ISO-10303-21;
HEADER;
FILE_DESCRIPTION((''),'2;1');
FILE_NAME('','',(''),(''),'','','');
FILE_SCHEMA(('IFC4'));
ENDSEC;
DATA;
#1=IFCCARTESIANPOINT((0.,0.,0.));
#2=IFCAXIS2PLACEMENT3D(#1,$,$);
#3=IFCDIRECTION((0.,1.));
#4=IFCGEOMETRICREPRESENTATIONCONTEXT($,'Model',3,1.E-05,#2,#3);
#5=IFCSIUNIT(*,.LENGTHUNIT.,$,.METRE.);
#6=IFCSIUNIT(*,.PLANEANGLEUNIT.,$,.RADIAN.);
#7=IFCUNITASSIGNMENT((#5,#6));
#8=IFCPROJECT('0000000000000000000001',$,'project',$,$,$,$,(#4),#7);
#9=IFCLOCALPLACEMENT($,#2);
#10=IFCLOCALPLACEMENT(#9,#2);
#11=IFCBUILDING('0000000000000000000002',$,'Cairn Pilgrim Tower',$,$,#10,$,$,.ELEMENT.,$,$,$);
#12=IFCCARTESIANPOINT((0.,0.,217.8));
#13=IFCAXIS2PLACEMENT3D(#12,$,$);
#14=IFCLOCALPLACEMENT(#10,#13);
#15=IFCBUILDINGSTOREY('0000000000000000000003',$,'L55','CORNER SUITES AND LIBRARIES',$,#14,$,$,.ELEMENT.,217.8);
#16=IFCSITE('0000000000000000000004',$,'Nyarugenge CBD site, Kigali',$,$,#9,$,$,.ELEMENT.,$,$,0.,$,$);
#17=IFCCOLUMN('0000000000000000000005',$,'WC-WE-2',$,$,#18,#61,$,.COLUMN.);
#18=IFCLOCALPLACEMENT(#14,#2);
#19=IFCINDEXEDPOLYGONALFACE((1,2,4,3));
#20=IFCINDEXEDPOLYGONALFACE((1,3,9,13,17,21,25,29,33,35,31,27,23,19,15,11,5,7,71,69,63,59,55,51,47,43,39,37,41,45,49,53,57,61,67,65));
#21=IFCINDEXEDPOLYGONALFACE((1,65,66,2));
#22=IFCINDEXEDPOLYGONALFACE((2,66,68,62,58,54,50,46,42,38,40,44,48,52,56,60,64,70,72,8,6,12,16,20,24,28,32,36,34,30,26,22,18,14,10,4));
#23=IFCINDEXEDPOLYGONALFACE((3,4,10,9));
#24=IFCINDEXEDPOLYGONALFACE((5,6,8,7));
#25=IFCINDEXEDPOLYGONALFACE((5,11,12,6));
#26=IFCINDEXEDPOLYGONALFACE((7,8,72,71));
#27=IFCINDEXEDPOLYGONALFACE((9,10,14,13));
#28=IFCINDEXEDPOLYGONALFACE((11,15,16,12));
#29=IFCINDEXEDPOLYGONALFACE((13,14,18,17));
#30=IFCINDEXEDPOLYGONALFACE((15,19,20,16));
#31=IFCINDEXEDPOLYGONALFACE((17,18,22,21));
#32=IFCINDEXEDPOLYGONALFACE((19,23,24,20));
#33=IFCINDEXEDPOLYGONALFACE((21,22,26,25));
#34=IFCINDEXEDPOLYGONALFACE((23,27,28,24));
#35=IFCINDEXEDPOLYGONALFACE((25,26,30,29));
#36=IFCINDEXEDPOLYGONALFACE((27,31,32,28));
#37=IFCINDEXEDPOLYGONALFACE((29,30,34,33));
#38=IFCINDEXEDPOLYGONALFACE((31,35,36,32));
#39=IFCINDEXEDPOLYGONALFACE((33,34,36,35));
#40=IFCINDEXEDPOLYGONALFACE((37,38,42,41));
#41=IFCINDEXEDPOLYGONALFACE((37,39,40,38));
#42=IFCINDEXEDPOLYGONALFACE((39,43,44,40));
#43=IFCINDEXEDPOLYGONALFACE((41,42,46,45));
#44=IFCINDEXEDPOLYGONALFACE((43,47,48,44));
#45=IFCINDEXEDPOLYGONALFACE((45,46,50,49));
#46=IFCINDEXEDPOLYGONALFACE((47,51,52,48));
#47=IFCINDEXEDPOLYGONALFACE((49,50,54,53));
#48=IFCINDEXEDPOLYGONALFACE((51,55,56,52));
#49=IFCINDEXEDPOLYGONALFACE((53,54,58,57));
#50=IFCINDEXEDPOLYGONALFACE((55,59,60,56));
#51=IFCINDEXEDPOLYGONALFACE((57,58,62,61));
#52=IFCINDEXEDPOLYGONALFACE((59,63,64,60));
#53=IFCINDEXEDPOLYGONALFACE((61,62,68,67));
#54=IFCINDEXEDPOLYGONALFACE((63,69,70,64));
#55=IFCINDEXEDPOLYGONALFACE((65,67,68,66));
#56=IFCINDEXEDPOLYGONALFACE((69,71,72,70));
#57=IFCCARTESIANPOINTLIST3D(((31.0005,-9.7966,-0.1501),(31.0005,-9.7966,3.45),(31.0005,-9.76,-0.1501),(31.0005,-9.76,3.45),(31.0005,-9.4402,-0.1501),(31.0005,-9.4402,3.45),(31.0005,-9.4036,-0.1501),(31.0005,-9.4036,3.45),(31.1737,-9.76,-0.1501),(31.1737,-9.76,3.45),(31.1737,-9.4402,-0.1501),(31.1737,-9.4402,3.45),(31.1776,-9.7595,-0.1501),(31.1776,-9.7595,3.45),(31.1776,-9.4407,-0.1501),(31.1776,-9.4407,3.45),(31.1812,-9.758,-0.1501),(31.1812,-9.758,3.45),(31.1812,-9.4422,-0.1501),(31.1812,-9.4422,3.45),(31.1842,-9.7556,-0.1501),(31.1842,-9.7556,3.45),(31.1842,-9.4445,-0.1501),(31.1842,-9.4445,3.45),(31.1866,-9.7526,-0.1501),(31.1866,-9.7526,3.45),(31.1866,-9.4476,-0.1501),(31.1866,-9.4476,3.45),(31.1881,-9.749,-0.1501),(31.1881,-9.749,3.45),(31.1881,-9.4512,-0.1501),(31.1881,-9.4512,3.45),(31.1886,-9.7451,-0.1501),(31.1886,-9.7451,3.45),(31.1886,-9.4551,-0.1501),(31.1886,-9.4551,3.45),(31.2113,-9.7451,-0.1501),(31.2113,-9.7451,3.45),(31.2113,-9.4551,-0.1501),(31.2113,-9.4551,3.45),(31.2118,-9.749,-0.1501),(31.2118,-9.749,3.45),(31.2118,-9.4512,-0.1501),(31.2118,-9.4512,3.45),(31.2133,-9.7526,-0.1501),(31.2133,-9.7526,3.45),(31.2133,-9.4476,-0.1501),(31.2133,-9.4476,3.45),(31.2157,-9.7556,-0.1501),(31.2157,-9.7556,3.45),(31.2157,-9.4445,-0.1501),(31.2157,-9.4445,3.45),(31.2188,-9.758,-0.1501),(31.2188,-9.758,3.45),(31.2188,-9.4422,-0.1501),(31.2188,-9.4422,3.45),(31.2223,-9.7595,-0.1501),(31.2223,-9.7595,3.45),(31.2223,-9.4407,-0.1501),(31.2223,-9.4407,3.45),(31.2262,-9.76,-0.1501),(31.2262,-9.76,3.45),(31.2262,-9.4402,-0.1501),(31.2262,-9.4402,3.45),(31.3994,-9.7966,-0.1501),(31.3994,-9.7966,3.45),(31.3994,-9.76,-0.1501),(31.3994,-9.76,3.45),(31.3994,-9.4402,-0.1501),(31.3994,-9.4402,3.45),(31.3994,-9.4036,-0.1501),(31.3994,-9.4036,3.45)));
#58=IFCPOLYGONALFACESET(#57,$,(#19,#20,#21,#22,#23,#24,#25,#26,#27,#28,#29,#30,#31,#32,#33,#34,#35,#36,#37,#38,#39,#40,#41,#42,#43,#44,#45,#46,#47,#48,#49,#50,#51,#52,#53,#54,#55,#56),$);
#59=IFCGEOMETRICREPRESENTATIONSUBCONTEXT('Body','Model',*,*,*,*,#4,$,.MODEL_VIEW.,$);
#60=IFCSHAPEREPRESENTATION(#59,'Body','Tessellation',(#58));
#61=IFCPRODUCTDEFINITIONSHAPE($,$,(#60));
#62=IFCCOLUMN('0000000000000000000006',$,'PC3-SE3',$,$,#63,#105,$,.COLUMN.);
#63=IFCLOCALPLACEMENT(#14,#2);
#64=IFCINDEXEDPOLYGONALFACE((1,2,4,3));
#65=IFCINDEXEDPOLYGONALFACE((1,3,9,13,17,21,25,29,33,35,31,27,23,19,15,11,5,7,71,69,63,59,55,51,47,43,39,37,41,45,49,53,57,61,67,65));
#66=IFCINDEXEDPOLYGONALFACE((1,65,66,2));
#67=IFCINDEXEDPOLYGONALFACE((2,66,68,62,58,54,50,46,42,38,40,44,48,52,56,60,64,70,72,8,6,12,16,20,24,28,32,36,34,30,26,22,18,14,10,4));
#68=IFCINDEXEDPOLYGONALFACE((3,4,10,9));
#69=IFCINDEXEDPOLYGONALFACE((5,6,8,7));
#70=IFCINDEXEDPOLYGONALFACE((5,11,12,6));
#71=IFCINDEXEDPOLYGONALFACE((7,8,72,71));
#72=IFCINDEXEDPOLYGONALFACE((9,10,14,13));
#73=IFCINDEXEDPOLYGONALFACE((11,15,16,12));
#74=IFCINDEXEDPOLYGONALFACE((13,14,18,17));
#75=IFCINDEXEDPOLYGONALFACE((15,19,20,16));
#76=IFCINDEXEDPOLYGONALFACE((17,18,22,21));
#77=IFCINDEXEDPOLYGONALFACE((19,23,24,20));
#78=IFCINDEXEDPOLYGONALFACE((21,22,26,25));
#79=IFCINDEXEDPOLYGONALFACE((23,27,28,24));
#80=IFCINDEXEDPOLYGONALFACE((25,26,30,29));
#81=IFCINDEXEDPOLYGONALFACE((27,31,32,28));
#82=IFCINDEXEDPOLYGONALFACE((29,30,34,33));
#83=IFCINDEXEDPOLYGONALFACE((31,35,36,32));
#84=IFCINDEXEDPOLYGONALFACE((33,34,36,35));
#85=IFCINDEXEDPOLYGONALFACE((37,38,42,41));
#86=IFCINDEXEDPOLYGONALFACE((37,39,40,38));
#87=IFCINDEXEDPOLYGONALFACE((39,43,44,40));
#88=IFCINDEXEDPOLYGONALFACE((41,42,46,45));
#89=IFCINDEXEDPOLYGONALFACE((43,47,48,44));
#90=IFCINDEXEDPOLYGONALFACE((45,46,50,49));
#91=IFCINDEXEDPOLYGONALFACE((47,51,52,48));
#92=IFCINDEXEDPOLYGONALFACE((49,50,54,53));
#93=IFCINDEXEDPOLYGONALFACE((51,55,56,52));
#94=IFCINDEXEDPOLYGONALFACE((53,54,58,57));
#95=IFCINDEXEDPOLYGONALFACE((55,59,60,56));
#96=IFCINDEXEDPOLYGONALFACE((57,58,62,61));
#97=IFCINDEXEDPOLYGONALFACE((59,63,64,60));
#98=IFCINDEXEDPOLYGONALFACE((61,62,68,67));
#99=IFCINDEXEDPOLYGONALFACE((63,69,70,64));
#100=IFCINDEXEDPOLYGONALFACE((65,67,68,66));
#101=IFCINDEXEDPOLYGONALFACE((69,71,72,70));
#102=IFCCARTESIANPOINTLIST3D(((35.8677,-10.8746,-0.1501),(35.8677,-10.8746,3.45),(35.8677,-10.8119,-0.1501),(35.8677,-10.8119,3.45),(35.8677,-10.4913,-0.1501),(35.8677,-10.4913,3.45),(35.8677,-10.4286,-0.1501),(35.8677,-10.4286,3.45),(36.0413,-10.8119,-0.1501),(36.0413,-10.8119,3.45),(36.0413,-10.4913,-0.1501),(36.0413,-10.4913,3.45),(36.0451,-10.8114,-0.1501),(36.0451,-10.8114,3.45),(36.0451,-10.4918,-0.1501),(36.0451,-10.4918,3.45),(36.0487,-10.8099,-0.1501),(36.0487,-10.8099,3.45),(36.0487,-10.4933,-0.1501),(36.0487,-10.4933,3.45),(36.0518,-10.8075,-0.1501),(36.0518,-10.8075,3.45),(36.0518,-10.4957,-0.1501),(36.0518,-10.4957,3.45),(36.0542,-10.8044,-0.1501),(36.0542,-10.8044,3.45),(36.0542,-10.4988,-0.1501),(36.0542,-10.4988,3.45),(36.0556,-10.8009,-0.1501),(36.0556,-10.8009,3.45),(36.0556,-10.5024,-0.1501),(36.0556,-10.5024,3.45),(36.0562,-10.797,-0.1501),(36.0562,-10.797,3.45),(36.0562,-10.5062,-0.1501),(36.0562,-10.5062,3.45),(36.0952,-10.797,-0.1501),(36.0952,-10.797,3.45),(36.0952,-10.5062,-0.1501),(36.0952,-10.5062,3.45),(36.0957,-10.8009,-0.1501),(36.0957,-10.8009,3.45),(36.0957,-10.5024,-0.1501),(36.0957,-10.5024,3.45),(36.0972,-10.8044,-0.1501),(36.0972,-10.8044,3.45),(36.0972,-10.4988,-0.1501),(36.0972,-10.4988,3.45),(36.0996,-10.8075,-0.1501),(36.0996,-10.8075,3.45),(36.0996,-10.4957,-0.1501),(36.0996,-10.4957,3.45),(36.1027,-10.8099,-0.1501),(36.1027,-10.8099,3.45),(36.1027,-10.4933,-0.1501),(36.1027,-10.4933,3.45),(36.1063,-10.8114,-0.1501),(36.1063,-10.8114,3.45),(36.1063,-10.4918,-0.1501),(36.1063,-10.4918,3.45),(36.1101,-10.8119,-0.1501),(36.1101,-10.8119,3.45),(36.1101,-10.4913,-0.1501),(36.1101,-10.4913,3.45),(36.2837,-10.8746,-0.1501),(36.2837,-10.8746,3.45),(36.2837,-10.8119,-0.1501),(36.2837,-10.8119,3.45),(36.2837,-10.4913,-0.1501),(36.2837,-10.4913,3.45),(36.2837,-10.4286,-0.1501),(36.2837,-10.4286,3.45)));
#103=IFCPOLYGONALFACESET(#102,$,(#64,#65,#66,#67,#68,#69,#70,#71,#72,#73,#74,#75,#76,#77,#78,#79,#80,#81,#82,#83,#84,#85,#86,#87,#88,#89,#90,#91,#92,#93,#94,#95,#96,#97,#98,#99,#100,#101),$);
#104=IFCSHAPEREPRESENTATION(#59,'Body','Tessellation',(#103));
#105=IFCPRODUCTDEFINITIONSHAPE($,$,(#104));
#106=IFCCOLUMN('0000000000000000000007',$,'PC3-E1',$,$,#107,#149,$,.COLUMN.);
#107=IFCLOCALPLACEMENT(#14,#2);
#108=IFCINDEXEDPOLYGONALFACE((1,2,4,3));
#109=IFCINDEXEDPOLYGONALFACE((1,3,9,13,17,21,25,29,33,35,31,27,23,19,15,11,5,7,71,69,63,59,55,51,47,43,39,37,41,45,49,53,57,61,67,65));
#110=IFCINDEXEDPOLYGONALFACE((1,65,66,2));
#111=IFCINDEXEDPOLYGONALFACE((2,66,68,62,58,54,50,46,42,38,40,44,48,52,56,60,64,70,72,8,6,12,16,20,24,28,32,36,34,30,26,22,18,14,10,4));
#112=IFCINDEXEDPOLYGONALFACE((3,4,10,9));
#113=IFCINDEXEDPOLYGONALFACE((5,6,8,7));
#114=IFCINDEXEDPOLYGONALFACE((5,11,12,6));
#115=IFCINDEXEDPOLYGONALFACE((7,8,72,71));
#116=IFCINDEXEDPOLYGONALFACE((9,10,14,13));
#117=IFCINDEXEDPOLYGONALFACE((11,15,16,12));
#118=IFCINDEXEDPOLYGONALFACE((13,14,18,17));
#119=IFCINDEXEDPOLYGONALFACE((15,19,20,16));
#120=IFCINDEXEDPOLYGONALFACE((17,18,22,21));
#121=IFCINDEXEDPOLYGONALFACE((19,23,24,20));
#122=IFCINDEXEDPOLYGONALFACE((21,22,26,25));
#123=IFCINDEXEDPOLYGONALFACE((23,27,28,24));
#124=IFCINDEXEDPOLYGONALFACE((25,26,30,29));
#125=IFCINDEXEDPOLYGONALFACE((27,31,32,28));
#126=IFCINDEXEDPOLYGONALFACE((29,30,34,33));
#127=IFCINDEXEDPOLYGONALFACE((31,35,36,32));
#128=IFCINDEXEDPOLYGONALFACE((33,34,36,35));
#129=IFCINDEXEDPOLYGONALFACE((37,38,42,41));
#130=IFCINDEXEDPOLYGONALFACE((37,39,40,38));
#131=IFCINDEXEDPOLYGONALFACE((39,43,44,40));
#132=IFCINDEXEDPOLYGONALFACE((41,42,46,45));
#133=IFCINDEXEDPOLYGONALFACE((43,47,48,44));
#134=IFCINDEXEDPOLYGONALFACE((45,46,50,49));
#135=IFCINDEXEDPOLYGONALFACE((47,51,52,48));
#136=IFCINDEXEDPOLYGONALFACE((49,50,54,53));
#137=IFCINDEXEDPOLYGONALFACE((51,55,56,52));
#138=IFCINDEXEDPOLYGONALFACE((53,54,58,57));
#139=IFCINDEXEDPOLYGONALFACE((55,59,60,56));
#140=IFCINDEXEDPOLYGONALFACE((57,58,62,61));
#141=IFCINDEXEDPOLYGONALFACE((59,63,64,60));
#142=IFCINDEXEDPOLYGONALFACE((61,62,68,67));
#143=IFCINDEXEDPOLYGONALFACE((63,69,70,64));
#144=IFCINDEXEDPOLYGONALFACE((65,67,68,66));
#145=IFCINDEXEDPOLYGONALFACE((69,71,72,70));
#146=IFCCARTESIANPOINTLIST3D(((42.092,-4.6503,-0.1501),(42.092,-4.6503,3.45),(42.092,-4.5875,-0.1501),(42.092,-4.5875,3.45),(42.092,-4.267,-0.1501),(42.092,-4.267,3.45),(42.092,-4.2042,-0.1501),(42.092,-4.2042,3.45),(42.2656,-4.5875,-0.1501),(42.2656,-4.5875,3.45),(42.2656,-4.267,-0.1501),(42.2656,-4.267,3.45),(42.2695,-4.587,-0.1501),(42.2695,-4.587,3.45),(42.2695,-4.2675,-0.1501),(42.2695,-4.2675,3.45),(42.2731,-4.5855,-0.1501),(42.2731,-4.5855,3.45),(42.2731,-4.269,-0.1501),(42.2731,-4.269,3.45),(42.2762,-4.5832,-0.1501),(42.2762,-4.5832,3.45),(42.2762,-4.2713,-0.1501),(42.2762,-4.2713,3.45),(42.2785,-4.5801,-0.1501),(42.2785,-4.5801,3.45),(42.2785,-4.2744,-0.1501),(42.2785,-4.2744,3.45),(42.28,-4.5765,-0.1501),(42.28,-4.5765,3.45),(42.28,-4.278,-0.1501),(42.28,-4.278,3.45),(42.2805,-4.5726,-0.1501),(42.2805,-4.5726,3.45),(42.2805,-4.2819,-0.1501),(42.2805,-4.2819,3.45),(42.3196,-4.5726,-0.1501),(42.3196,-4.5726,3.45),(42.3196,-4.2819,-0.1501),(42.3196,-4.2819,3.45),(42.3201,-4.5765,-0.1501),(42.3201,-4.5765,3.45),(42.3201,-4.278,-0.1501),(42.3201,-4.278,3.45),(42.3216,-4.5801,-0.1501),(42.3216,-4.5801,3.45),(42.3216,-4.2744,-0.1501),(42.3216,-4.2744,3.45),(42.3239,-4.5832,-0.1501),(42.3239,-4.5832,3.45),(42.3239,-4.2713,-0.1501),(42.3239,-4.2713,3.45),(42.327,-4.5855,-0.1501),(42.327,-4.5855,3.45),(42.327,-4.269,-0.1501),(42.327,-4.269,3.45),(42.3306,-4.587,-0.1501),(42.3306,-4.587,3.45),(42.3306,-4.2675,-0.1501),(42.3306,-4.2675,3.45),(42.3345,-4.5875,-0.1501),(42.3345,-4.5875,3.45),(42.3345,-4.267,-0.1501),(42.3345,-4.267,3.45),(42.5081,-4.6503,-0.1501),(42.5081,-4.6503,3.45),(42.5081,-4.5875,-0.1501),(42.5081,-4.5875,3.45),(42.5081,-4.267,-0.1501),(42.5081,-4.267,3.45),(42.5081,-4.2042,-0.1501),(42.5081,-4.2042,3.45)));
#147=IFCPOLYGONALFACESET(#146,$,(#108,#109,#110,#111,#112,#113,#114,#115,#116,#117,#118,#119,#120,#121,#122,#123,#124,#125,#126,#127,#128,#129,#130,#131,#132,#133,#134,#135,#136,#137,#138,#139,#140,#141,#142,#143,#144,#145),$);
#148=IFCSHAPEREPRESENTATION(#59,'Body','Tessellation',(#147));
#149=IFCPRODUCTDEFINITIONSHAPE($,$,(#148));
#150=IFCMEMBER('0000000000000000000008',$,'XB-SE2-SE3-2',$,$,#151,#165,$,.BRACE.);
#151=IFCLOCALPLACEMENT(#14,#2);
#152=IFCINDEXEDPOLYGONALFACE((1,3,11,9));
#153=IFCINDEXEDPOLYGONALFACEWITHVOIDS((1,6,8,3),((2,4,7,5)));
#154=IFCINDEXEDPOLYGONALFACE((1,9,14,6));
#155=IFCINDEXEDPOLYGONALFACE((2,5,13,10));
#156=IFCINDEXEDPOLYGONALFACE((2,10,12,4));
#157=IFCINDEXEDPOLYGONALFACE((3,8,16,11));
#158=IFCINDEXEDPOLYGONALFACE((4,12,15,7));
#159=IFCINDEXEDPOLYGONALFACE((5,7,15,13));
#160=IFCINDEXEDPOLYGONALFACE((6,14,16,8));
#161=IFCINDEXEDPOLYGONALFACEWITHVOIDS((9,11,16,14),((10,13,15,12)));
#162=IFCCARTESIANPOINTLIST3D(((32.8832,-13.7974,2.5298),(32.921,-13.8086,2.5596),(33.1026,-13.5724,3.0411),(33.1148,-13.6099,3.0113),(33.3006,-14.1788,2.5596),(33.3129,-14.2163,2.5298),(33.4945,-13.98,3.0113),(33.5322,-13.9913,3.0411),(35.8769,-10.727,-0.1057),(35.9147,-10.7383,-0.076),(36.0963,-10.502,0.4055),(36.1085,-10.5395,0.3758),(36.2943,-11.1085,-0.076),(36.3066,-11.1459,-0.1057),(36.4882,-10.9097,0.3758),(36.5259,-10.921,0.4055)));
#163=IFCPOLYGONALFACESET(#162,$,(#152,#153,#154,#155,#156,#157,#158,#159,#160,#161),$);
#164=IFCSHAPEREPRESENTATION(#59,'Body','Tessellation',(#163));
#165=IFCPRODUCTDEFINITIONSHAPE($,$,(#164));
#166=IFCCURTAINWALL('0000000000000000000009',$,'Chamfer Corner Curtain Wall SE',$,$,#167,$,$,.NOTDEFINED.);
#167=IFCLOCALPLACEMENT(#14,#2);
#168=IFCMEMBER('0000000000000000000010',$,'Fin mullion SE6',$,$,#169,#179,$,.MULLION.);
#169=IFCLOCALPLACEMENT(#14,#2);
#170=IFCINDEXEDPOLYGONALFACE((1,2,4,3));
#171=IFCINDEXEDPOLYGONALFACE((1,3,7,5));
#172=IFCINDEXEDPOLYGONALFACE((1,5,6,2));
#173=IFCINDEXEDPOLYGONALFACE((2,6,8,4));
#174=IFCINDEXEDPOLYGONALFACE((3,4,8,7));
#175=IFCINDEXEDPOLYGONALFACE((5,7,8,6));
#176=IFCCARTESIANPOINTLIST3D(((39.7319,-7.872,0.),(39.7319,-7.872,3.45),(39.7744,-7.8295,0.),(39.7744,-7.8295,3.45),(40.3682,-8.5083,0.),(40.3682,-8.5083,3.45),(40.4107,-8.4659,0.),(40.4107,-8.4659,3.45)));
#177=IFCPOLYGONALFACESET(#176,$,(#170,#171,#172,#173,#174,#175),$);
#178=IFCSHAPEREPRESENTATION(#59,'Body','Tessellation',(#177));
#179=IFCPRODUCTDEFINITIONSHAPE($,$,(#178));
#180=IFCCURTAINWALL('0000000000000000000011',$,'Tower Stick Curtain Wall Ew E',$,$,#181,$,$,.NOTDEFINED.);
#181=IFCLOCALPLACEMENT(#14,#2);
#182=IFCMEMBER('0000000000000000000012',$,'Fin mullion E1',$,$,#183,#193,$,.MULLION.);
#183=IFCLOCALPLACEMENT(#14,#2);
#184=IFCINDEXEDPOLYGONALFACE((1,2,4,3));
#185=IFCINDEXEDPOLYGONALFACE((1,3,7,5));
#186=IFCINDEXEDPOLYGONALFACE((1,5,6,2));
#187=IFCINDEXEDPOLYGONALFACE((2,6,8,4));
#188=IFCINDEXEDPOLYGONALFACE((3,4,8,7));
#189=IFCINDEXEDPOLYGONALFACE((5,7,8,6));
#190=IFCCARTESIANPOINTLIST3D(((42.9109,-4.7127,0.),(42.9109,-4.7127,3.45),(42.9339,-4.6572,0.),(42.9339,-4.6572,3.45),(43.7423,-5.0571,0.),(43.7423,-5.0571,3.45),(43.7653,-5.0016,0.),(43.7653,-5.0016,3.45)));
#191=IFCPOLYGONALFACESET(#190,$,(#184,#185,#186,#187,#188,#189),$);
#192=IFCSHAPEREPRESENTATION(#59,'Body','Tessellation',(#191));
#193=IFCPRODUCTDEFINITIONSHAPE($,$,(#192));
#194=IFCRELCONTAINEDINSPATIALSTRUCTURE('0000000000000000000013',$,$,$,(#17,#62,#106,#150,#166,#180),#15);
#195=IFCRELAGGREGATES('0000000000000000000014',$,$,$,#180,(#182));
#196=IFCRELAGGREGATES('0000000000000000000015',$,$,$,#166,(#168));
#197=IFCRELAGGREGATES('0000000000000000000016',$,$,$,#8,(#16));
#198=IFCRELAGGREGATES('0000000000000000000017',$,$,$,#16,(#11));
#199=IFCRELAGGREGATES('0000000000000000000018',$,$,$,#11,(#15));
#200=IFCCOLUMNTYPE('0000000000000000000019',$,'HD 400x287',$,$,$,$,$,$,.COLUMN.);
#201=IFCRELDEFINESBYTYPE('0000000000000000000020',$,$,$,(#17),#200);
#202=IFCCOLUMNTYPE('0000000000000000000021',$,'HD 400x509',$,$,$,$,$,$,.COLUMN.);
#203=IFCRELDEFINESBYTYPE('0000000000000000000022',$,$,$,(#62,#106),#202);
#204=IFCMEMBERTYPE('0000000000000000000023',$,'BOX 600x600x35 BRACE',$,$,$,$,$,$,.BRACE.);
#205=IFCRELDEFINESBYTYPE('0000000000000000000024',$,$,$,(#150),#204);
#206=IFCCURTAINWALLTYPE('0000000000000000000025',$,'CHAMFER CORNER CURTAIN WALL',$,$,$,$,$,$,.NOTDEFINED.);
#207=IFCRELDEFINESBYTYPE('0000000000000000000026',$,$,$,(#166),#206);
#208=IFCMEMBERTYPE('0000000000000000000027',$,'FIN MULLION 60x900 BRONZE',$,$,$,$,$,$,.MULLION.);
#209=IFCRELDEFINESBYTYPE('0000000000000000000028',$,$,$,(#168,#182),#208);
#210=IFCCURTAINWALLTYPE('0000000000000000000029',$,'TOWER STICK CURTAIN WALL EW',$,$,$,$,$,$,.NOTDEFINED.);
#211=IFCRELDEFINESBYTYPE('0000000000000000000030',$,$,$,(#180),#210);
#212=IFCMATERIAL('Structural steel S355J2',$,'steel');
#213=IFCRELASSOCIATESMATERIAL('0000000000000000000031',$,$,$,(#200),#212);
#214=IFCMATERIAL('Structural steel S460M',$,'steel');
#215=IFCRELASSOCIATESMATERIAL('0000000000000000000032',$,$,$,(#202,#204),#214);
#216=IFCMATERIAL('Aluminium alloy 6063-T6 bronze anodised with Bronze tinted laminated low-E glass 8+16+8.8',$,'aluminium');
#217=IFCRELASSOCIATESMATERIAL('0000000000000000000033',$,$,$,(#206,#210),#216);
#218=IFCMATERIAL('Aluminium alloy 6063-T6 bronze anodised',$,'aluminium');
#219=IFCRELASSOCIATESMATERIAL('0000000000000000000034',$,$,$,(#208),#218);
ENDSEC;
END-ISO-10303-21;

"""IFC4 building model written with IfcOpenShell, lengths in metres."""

from ifc_helpers import new_model, si_unit, direction, frame, origin, origin_2d, place, context, subcontext, project, spatial, rectangle, hollow_rectangle, i_section, extrude, material, material_profile, profile_set, type_object, element, aggregate, save


model = new_model("IFC4")

# Units and contexts
model_context = context("Model", 3, precision=1e-05, world=origin(), true_north=direction((0.0, 1.0)))
body_context = subcontext(model_context, "Body", "Model", "MODEL_VIEW")
ifc_project = project(units=[si_unit("LENGTHUNIT", "METRE"), si_unit("PLANEANGLEUNIT", "RADIAN")], contexts=[model_context])

# Site, building, storey
site_placement = place(None, origin())
site = spatial("IfcSite", under=ifc_project, at=site_placement, Name="Nyarugenge CBD site, Kigali", CompositionType="ELEMENT", RefElevation=0.0)
building_placement = place(site_placement, origin())
building = spatial("IfcBuilding", under=site, at=building_placement, Name="Cairn Pilgrim Tower", CompositionType="ELEMENT")
storey_placement = place(building_placement, frame((0.0, 0.0, 217.8)))
storey = spatial("IfcBuildingStorey", under=building, at=storey_placement, Name="L55", Description="CORNER SUITES AND LIBRARIES", CompositionType="ELEMENT", Elevation=217.8)

# Columns
ifc_material_1 = material(Name="Structural steel S355J2", Category="steel")
ifc_material_profile_1 = material_profile(ifc_material_1, i_section(OverallWidth=0.3989, OverallDepth=0.3931, WebThickness=0.0227, FlangeThickness=0.0366, FilletRadius=0.0149, at=origin_2d()), Name="HD 400x287")
ifc_profile_set_1 = profile_set([ifc_material_profile_1], Name="Structural steel S355J2")
column_type_1 = type_object("IfcColumnType", Name="HD 400x287", PredefinedType="COLUMN", material=ifc_profile_set_1)
column_placement = place(storey_placement, frame((31.2, -9.6001, -0.1501), z_axis=(0.0, 0.0, 1.0), x_axis=(1.0, 0.0, 0.0)))
element("IfcColumn", 1, at=column_placement, inside=storey, type_object=column_type_1, Name="WC-WE-2", PredefinedType="COLUMN", context=body_context, shape_type="SweptSolid", body=[
    extrude(i_section(OverallWidth=0.3989, OverallDepth=0.3931, WebThickness=0.0227, FlangeThickness=0.0366, FilletRadius=0.0149, at=origin_2d()), origin(), (0.0, 0.0, 1.0), 3.6001),
])
ifc_material_2 = material(Name="Structural steel S460M", Category="steel")
ifc_material_profile_2 = material_profile(ifc_material_2, i_section(OverallWidth=0.416, OverallDepth=0.446, WebThickness=0.0391, FlangeThickness=0.0627, FilletRadius=0.0149, at=origin_2d()), Name="HD 400x509")
ifc_profile_set_2 = profile_set([ifc_material_profile_2], Name="Structural steel S460M")
column_type_2 = type_object("IfcColumnType", Name="HD 400x509", PredefinedType="COLUMN", material=ifc_profile_set_2)
for number, where, z_axis, x_axis, name in (
    (2, (36.0757, -10.6516, -0.1501), (0.0, 0.0, 1.0), (1.0, 0.0, 0.0), "PC3-SE3"),
    (3, (42.3, -4.4272, -0.1501), (0.0, 0.0, 1.0), (1.0, 0.0, 0.0), "PC3-E1"),
):
    element("IfcColumn", number, at=place(storey_placement, frame(where, z_axis=z_axis, x_axis=x_axis)), inside=storey, type_object=column_type_2, Name=name, PredefinedType="COLUMN", context=body_context, shape_type="SweptSolid", body=[
        extrude(i_section(OverallWidth=0.416, OverallDepth=0.446, WebThickness=0.0391, FlangeThickness=0.0627, FilletRadius=0.0149, at=origin_2d()), origin(), (0.0, 0.0, 1.0), 3.6001),
    ])

# Member
ifc_material_profile_3 = material_profile(ifc_material_2, hollow_rectangle(XDim=0.6001, YDim=0.6001, WallThickness=0.0349, at=origin_2d()), Name="BOX 600x600x35")
ifc_profile_set_3 = profile_set([ifc_material_profile_3], Name="Structural steel S460M")
member_type_1 = type_object("IfcMemberType", Name="BOX 600x600x35 BRACE", PredefinedType="BRACE", material=ifc_profile_set_3)
member_1_placement = place(storey_placement, frame((36.2014, -10.824, 0.1499), z_axis=(-0.594763, -0.609994, 0.523607), x_axis=(0.715989, -0.698112, 0.0)))
element("IfcMember", 4, at=member_1_placement, inside=storey, type_object=member_type_1, Name="XB-SE2-SE3-2", PredefinedType="BRACE", context=body_context, shape_type="SweptSolid", body=[
    extrude(hollow_rectangle(XDim=0.6001, YDim=0.6001, WallThickness=0.0349, at=origin_2d()), origin(), (0.0, 0.0, 1.0), 5.0334),
])

# Curtain walls, members
ifc_material_3 = material(Name="Aluminium alloy 6063-T6 bronze anodised with Bronze tinted laminated low-E glass 8+16+8.8", Category="aluminium")
curtain_wall_type_1 = type_object("IfcCurtainWallType", Name="CHAMFER CORNER CURTAIN WALL", PredefinedType="NOTDEFINED", material=ifc_material_3)
curtain_wall_1_placement = place(storey_placement, origin())
curtain_wall_1 = element("IfcCurtainWall", 5, at=curtain_wall_1_placement, inside=storey, type_object=curtain_wall_type_1, Name="Chamfer Corner Curtain Wall SE", PredefinedType="NOTDEFINED")
ifc_material_4 = material(Name="Aluminium alloy 6063-T6 bronze anodised", Category="aluminium")
ifc_material_profile_4 = material_profile(ifc_material_4, rectangle(XDim=0.8999, YDim=0.0601, at=origin_2d()), Name="FIN MULLION 60x900 BRONZE")
ifc_profile_set_4 = profile_set([ifc_material_profile_4], Name="Aluminium alloy 6063-T6 bronze anodised")
member_type_2 = type_object("IfcMemberType", Name="FIN MULLION 60x900 BRONZE", PredefinedType="MULLION", material=ifc_profile_set_4)
member_2_placement = place(storey_placement, frame((40.0713, -8.1689, 0.0), z_axis=(0.0, 0.0, 1.0), x_axis=(0.707107, -0.707107, 0.0)))
member_2 = element("IfcMember", 6, at=member_2_placement, type_object=member_type_2, Name="Fin mullion SE6", PredefinedType="MULLION", context=body_context, shape_type="SweptSolid", body=[
    extrude(rectangle(XDim=0.8999, YDim=0.0601, at=origin_2d()), origin(), (0.0, 0.0, 1.0), 3.45),
])
curtain_wall_type_2 = type_object("IfcCurtainWallType", Name="TOWER STICK CURTAIN WALL EW", PredefinedType="NOTDEFINED", material=ifc_material_3)
curtain_wall_2_placement = place(storey_placement, origin())
curtain_wall_2 = element("IfcCurtainWall", 7, at=curtain_wall_2_placement, inside=storey, type_object=curtain_wall_type_2, Name="Tower Stick Curtain Wall Ew E", PredefinedType="NOTDEFINED")
member_3_placement = place(storey_placement, frame((43.3381, -4.8572, 0.0), z_axis=(0.0, 0.0, 1.0), x_axis=(0.92388, -0.382683, 0.0)))
member_3 = element("IfcMember", 8, at=member_3_placement, type_object=member_type_2, Name="Fin mullion E1", PredefinedType="MULLION", context=body_context, shape_type="SweptSolid", body=[
    extrude(rectangle(XDim=0.8999, YDim=0.0601, at=origin_2d()), origin(), (0.0, 0.0, 1.0), 3.45),
])
aggregate(curtain_wall_2, [member_3])

aggregate(curtain_wall_1, [member_2])

save(model, "model.ifc")
